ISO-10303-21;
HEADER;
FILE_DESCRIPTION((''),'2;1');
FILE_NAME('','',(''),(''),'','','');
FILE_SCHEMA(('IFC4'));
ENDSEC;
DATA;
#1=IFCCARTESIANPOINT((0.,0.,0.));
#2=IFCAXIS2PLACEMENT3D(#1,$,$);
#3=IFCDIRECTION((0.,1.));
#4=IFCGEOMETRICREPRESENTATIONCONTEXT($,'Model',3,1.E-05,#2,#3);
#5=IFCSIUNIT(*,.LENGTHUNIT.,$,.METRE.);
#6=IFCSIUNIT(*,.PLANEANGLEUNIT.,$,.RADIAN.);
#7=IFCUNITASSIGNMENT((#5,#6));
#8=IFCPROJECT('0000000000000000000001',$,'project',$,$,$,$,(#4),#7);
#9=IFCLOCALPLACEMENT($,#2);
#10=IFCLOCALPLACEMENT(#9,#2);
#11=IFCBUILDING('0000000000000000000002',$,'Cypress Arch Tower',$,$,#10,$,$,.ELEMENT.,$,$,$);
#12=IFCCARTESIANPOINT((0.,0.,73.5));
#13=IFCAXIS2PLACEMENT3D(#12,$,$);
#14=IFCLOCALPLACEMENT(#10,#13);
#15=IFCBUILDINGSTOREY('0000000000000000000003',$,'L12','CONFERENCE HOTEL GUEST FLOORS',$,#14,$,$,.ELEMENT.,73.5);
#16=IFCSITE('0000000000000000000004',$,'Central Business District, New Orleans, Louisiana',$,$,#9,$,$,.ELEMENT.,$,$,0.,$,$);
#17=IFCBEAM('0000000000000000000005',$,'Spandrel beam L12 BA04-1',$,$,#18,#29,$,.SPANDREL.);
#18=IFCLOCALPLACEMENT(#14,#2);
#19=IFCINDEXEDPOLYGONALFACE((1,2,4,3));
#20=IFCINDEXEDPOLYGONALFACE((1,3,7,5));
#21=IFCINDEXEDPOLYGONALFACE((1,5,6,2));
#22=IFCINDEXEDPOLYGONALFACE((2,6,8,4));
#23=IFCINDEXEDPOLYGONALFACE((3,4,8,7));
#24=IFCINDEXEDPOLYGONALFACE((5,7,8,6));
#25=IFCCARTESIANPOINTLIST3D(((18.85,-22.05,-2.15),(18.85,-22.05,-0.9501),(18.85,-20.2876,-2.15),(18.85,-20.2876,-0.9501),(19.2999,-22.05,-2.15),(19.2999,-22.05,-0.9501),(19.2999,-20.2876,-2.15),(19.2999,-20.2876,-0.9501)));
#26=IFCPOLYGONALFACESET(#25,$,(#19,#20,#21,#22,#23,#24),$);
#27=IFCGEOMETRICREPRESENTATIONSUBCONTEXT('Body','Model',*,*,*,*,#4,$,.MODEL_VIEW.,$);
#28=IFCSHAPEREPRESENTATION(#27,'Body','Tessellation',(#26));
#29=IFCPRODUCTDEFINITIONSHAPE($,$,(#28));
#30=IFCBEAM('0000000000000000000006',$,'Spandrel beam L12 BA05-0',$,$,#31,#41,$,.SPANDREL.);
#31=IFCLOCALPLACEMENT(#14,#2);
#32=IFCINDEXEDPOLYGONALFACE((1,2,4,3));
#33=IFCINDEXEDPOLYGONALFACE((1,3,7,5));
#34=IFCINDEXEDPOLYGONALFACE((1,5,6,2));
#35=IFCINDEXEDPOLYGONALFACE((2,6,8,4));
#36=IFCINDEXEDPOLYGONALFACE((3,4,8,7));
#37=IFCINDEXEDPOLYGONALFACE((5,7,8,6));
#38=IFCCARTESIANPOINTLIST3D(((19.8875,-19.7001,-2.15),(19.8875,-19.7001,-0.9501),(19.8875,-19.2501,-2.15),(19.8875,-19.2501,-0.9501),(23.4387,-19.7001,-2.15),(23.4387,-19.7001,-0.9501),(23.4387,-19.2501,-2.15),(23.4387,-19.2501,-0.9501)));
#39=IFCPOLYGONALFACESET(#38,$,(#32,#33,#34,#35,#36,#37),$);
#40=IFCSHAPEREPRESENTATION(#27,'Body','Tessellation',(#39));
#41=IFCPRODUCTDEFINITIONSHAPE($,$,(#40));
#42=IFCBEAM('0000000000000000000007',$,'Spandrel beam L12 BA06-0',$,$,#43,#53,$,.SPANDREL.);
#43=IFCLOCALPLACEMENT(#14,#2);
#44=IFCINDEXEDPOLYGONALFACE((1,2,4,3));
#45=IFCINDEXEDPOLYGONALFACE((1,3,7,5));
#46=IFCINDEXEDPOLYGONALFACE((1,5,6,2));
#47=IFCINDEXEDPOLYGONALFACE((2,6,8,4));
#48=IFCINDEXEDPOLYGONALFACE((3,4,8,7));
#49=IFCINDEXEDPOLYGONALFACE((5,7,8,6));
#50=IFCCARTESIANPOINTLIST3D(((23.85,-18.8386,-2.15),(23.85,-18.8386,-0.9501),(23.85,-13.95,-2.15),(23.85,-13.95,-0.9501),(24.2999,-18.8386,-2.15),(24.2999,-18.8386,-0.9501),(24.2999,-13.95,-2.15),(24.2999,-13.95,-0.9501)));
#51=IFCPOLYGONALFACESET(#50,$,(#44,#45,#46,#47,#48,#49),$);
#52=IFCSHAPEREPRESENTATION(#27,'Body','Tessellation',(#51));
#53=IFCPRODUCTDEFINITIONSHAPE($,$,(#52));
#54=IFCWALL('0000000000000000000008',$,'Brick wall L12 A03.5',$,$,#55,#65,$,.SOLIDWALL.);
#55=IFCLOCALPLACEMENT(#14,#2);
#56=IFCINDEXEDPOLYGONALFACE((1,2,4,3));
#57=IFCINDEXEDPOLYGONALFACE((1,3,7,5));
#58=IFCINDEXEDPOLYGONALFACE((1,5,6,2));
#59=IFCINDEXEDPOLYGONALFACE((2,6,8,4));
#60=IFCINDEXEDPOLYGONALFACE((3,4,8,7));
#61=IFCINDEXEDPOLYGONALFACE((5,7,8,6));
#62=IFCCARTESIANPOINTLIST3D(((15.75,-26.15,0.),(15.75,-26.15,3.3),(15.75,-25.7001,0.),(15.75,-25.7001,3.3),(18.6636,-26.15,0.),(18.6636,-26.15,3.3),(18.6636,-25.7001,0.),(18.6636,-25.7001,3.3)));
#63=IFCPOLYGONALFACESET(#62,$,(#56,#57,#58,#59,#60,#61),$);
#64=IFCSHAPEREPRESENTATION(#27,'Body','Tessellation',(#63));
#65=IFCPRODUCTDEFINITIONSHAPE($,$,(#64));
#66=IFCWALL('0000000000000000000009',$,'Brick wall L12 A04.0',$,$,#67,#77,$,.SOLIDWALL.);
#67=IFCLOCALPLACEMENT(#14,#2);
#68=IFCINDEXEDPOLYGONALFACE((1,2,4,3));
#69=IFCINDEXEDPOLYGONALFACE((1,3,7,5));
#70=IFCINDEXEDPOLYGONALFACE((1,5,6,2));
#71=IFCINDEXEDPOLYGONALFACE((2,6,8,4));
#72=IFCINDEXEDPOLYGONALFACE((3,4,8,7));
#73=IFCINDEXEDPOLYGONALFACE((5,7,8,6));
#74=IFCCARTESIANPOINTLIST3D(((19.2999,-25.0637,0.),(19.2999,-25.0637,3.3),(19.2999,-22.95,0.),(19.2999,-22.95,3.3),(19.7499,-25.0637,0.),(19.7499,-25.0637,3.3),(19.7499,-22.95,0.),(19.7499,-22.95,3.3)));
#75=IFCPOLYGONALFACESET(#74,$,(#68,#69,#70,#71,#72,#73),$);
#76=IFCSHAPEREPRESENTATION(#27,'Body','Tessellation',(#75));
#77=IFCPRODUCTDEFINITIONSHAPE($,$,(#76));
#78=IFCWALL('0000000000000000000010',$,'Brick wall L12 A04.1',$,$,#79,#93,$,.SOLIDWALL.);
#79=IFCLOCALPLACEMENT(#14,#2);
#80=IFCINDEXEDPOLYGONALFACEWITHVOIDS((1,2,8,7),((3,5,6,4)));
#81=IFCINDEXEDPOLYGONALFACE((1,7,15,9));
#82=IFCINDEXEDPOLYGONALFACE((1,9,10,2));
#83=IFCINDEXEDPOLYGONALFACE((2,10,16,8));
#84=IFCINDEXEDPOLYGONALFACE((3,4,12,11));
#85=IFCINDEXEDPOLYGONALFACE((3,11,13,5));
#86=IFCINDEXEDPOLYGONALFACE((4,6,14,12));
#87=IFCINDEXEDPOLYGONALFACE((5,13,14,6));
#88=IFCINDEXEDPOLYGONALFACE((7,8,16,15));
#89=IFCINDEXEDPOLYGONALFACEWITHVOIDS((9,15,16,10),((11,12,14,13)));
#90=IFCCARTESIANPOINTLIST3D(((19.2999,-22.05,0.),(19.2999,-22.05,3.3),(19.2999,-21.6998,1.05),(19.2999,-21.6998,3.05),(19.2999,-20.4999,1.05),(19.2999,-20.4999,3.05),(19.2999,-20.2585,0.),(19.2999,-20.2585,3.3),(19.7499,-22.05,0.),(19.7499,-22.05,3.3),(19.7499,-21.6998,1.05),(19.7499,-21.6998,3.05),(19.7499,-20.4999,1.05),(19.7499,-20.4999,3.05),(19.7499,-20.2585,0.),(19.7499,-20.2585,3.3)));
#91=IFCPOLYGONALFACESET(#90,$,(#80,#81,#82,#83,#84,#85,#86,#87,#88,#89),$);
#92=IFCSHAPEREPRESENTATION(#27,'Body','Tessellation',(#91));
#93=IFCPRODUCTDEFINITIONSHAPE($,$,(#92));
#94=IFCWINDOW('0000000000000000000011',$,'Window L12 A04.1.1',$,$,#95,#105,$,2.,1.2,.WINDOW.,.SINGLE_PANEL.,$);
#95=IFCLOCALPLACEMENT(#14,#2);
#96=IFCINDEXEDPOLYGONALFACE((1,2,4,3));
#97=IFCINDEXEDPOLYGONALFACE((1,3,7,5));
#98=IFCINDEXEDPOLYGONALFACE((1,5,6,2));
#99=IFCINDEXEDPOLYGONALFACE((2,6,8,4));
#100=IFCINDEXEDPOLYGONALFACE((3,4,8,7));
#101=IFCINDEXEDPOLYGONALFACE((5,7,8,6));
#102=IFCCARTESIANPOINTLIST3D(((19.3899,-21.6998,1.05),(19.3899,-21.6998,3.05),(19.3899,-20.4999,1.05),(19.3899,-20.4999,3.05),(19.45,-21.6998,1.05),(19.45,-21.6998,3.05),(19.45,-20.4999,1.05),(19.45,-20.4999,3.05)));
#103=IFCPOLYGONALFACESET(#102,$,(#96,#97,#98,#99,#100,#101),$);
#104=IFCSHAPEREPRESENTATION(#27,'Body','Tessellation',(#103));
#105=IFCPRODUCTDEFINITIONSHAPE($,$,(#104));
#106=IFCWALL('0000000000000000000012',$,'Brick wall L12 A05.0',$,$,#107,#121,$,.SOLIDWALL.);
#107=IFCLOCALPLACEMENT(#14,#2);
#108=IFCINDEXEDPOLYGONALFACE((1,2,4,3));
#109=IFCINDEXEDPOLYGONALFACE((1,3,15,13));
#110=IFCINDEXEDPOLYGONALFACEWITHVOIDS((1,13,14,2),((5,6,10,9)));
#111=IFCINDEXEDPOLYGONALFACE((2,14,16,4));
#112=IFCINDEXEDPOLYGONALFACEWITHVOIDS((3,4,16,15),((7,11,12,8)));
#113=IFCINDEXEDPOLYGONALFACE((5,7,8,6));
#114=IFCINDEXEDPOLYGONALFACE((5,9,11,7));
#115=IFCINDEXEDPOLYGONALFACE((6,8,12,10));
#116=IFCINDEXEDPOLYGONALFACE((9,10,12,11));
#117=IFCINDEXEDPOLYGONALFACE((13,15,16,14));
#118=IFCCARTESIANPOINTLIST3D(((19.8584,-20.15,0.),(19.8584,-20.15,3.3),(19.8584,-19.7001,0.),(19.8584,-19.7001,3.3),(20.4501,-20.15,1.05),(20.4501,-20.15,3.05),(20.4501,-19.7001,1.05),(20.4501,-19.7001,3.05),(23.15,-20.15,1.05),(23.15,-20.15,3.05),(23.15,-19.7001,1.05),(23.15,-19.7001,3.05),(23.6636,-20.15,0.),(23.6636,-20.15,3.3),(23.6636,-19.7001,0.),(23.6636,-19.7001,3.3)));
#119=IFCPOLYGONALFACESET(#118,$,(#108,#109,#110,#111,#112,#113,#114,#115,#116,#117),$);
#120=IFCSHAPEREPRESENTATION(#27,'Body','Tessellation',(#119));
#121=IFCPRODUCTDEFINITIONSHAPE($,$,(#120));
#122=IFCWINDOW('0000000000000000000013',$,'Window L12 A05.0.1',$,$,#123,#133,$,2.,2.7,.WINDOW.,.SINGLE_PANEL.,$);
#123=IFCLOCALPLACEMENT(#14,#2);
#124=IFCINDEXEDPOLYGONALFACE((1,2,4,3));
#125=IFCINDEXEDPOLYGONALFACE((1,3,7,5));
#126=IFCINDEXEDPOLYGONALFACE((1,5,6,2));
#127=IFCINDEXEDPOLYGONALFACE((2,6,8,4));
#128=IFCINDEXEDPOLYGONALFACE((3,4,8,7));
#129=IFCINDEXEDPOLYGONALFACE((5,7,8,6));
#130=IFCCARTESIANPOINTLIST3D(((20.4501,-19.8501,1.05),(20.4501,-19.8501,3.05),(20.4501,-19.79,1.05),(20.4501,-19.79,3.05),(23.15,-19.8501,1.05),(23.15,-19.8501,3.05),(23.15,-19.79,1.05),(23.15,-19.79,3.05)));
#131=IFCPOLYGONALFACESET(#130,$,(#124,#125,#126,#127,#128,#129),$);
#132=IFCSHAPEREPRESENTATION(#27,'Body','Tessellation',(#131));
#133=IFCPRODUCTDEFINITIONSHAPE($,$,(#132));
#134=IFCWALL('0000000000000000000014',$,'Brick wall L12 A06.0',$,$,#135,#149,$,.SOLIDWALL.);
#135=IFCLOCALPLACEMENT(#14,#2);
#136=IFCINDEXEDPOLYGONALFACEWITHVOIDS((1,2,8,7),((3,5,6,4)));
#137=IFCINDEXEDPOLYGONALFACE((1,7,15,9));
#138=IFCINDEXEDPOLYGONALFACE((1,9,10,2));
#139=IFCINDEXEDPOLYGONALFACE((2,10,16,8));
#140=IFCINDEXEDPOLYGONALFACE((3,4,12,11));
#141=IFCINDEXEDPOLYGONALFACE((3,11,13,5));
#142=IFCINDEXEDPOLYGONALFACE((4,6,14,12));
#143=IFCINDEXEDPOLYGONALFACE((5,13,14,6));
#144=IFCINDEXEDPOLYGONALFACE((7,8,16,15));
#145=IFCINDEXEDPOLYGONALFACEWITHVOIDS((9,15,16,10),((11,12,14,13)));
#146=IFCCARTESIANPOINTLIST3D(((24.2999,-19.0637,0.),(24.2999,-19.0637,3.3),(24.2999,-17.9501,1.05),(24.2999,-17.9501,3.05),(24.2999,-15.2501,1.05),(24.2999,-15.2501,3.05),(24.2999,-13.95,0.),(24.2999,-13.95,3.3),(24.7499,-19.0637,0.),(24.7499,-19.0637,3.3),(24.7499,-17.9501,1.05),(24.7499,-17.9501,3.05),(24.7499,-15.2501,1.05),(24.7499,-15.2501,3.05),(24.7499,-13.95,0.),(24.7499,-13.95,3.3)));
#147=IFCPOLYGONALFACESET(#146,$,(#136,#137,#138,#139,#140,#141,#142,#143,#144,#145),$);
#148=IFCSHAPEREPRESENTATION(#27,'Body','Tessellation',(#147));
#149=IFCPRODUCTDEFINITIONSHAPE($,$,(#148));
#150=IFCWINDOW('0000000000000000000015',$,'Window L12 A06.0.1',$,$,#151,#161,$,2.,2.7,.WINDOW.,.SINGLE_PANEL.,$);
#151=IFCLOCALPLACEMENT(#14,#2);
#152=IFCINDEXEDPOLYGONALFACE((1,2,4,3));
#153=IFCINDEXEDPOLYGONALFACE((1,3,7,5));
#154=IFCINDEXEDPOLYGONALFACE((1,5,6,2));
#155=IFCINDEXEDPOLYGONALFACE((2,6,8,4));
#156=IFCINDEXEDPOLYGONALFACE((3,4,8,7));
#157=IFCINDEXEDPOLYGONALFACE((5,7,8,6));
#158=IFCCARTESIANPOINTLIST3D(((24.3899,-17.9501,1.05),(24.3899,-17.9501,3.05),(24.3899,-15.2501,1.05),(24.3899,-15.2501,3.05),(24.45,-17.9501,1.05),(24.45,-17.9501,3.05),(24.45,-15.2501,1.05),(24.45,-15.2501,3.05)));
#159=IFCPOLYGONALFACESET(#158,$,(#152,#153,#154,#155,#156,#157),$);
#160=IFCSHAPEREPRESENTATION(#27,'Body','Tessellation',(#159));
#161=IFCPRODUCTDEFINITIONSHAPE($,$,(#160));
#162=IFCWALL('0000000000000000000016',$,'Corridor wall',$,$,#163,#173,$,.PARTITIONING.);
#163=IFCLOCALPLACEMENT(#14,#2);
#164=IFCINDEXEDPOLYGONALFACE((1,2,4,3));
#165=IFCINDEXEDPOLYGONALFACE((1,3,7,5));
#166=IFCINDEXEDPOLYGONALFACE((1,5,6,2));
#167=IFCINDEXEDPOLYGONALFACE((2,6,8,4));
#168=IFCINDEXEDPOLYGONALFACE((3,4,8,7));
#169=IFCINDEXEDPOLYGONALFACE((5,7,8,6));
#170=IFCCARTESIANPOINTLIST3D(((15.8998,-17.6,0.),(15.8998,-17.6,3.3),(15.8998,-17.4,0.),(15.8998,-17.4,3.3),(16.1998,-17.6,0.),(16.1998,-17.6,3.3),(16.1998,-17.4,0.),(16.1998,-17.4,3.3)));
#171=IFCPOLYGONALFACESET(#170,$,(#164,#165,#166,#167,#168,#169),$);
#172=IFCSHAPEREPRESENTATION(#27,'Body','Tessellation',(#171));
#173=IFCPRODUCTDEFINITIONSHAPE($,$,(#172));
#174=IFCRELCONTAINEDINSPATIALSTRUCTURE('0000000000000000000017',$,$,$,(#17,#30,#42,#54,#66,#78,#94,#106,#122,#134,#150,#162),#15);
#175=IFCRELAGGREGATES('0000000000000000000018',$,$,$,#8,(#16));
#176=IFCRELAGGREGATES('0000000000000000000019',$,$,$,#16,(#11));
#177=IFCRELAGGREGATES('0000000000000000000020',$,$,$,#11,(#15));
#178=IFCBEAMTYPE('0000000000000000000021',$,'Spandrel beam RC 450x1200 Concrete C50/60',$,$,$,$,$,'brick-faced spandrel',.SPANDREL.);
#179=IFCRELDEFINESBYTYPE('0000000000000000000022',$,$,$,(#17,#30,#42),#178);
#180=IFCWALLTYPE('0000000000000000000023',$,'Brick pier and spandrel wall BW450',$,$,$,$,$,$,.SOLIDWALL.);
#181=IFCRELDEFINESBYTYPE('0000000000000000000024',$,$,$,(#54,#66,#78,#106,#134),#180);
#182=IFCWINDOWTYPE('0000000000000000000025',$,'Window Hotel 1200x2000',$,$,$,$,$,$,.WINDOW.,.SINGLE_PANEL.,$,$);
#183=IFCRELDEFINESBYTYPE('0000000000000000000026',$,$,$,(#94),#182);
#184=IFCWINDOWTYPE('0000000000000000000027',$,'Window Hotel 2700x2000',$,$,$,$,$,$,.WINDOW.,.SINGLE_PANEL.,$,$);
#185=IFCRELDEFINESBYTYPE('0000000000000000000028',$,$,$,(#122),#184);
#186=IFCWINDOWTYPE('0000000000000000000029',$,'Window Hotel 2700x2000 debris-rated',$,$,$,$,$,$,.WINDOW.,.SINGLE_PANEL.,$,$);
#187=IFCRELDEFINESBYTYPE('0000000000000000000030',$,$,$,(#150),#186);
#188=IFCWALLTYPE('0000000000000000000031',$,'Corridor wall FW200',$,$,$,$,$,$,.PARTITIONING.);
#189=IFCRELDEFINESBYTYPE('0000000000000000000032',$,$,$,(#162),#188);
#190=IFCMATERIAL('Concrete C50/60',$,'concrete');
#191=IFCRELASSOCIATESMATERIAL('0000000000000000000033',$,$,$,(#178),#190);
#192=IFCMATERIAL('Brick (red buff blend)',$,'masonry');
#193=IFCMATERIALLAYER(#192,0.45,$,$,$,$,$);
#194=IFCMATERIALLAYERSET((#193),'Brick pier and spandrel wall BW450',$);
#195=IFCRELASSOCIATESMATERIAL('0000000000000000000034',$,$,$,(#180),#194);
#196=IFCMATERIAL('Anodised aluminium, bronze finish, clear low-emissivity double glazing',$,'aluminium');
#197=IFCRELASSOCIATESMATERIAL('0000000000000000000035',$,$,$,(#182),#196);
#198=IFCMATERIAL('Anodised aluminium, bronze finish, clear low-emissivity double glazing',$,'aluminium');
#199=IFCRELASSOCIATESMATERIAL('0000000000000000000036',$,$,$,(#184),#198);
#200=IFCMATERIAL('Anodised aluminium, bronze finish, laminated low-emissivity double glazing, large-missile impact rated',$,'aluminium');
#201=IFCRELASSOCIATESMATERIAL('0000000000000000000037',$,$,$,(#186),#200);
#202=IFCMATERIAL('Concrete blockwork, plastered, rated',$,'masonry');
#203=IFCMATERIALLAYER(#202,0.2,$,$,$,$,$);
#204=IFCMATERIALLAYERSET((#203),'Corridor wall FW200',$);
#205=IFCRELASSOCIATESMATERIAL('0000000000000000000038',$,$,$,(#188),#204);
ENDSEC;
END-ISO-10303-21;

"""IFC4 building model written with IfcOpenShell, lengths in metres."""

from ifc_helpers import new_model, si_unit, direction, frame, frame_2d, origin, origin_2d, place, context, subcontext, project, spatial, rectangle, extrude, material, layer, layer_set, material_profile, profile_set, type_object, element, fill, save


model = new_model("IFC4")

# Units and contexts
model_context = context("Model", 3, precision=1e-05, world=origin(), true_north=direction((0.0, 1.0)))
body_context = subcontext(model_context, "Body", "Model", "MODEL_VIEW")
ifc_project = project(units=[si_unit("LENGTHUNIT", "METRE"), si_unit("PLANEANGLEUNIT", "RADIAN")], contexts=[model_context])

# Site, building, storey
site_placement = place(None, origin())
site = spatial("IfcSite", under=ifc_project, at=site_placement, Name="Central Business District, New Orleans, Louisiana", CompositionType="ELEMENT", RefElevation=0.0)
building_placement = place(site_placement, origin())
building = spatial("IfcBuilding", under=site, at=building_placement, Name="Cypress Arch Tower", CompositionType="ELEMENT")
storey_placement = place(building_placement, frame((0.0, 0.0, 73.5)))
storey = spatial("IfcBuildingStorey", under=building, at=storey_placement, Name="L12", Description="CONFERENCE HOTEL GUEST FLOORS", CompositionType="ELEMENT", Elevation=73.5)

# Beams
ifc_material_1 = material(Name="Concrete C50/60", Category="concrete")
ifc_material_profile_1 = material_profile(ifc_material_1, rectangle(XDim=0.45, YDim=1.2, at=origin_2d()), Name="RC 450x1200")
ifc_profile_set_1 = profile_set([ifc_material_profile_1], Name="Concrete C50/60")
beam_type_1 = type_object("IfcBeamType", Name="Spandrel beam RC 450x1200 Concrete C50/60", ElementType="brick-faced spandrel", PredefinedType="SPANDREL", material=ifc_profile_set_1)
beam_1_placement = place(storey_placement, frame((19.075, -22.05, -1.55), z_axis=(0.0, 1.0, 0.0), x_axis=(-1.0, 0.0, 0.0)))
element("IfcBeam", 1, at=beam_1_placement, inside=storey, type_object=beam_type_1, Name="Spandrel beam L12 BA04-1", PredefinedType="SPANDREL", context=body_context, shape_type="SweptSolid", body=[
    extrude(rectangle(XDim=0.45, YDim=1.2, at=origin_2d()), origin(), (0.0, 0.0, 1.0), 1.7625),
])
beam_2_placement = place(storey_placement, frame((19.8875, -19.4751, -1.55), z_axis=(1.0, 0.0, 0.0), x_axis=(0.0, 1.0, 0.0)))
element("IfcBeam", 2, at=beam_2_placement, inside=storey, type_object=beam_type_1, Name="Spandrel beam L12 BA05-0", PredefinedType="SPANDREL", context=body_context, shape_type="SweptSolid", body=[
    extrude(rectangle(XDim=0.45, YDim=1.2, at=origin_2d()), origin(), (0.0, 0.0, 1.0), 3.5513),
])
beam_3_placement = place(storey_placement, frame((24.075, -18.8386, -1.55), z_axis=(0.0, 1.0, 0.0), x_axis=(-1.0, 0.0, 0.0)))
element("IfcBeam", 3, at=beam_3_placement, inside=storey, type_object=beam_type_1, Name="Spandrel beam L12 BA06-0", PredefinedType="SPANDREL", context=body_context, shape_type="SweptSolid", body=[
    extrude(rectangle(XDim=0.45, YDim=1.2, at=origin_2d()), origin(), (0.0, 0.0, 1.0), 4.8887),
])

# Walls
ifc_material_2 = material(Name="Brick (red buff blend)", Category="masonry")
ifc_layer_1 = layer(ifc_material_2, 0.45)
ifc_layer_set_1 = layer_set([ifc_layer_1], Name="Brick pier and spandrel wall BW450")
wall_type_1 = type_object("IfcWallType", Name="Brick pier and spandrel wall BW450", PredefinedType="SOLIDWALL", material=ifc_layer_set_1)
wall_1_placement = place(storey_placement, frame((15.75, -25.925, 0.0), z_axis=(0.0, 0.0, 1.0), x_axis=(1.0, 0.0, 0.0)))
element("IfcWall", 4, at=wall_1_placement, inside=storey, type_object=wall_type_1, Name="Brick wall L12 A03.5", PredefinedType="SOLIDWALL", context=body_context, shape_type="SweptSolid", body=[
    extrude(rectangle(XDim=2.9136, YDim=0.45, at=frame_2d((1.4568, 0.0))), origin(), (0.0, 0.0, 1.0), 3.3),
])
wall_2_placement = place(storey_placement, frame((19.5249, -25.0637, 0.0), z_axis=(0.0, 0.0, 1.0), x_axis=(0.0, 1.0, 0.0)))
element("IfcWall", 5, at=wall_2_placement, inside=storey, type_object=wall_type_1, Name="Brick wall L12 A04.0", PredefinedType="SOLIDWALL", context=body_context, shape_type="SweptSolid", body=[
    extrude(rectangle(XDim=2.1138, YDim=0.45, at=frame_2d((1.0569, 0.0))), origin(), (0.0, 0.0, 1.0), 3.3),
])

# Walls, openings, windows
wall_3_placement = place(storey_placement, frame((19.5249, -22.05, 0.0), z_axis=(0.0, 0.0, 1.0), x_axis=(0.0, 1.0, 0.0)))
wall_3 = element("IfcWall", 6, at=wall_3_placement, inside=storey, type_object=wall_type_1, Name="Brick wall L12 A04.1", PredefinedType="SOLIDWALL", context=body_context, shape_type="SweptSolid", body=[
    extrude(rectangle(XDim=1.7915, YDim=0.45, at=frame_2d((0.8958, 0.0))), origin(), (0.0, 0.0, 1.0), 3.3),
])
opening_1_placement = place(wall_3_placement, frame((0.3501, 0.0, 1.05)))
opening_1 = element("IfcOpeningElement", 7, at=opening_1_placement, cuts=wall_3, PredefinedType="OPENING", context=body_context, shape_type="SweptSolid", body=[
    extrude(rectangle(XDim=1.2, YDim=2.0, at=frame_2d((0.6001, 1.0))), frame((0.0, 0.2349, 0.0), z_axis=(0.0, -1.0, 0.0), x_axis=(1.0, 0.0, 0.0)), (0.0, 0.0, 1.0), 0.47),
])
ifc_material_3 = material(Name="Anodised aluminium, bronze finish, clear low-emissivity double glazing", Category="aluminium")
window_type_1 = type_object("IfcWindowType", Name="Window Hotel 1200x2000", PartitioningType="SINGLE_PANEL", PredefinedType="WINDOW", material=ifc_material_3)
window_1_placement = place(opening_1_placement, origin())
window_1 = element("IfcWindow", 8, at=window_1_placement, inside=storey, type_object=window_type_1, Name="Window L12 A04.1.1", OverallHeight=2.0, OverallWidth=1.2, PartitioningType="SINGLE_PANEL", PredefinedType="WINDOW", context=body_context, shape_type="SweptSolid", body=[
    extrude(rectangle(XDim=1.2, YDim=2.0, at=frame_2d((0.6001, 1.0))), frame((0.0, 0.135, 0.0), z_axis=(0.0, -1.0, 0.0), x_axis=(1.0, 0.0, 0.0)), (0.0, 0.0, 1.0), 0.0601),
])
fill(opening_1, window_1)
wall_4_placement = place(storey_placement, frame((19.8584, -19.925, 0.0), z_axis=(0.0, 0.0, 1.0), x_axis=(1.0, 0.0, 0.0)))
wall_4 = element("IfcWall", 9, at=wall_4_placement, inside=storey, type_object=wall_type_1, Name="Brick wall L12 A05.0", PredefinedType="SOLIDWALL", context=body_context, shape_type="SweptSolid", body=[
    extrude(rectangle(XDim=3.8052, YDim=0.45, at=frame_2d((1.9026, 0.0))), origin(), (0.0, 0.0, 1.0), 3.3),
])
opening_2_placement = place(wall_4_placement, frame((0.5916, 0.0, 1.05)))
opening_2 = element("IfcOpeningElement", 10, at=opening_2_placement, cuts=wall_4, PredefinedType="OPENING", context=body_context, shape_type="SweptSolid", body=[
    extrude(rectangle(XDim=2.7, YDim=2.0, at=frame_2d((1.3501, 1.0))), frame((0.0, 0.2349, 0.0), z_axis=(0.0, -1.0, 0.0), x_axis=(1.0, 0.0, 0.0)), (0.0, 0.0, 1.0), 0.47),
])
ifc_material_4 = material(Name="Anodised aluminium, bronze finish, clear low-emissivity double glazing", Category="aluminium")
window_type_2 = type_object("IfcWindowType", Name="Window Hotel 2700x2000", PartitioningType="SINGLE_PANEL", PredefinedType="WINDOW", material=ifc_material_4)
window_2_placement = place(opening_2_placement, origin())
window_2 = element("IfcWindow", 11, at=window_2_placement, inside=storey, type_object=window_type_2, Name="Window L12 A05.0.1", OverallHeight=2.0, OverallWidth=2.7, PartitioningType="SINGLE_PANEL", PredefinedType="WINDOW", context=body_context, shape_type="SweptSolid", body=[
    extrude(rectangle(XDim=2.7, YDim=2.0, at=frame_2d((1.3501, 1.0))), frame((0.0, 0.135, 0.0), z_axis=(0.0, -1.0, 0.0), x_axis=(1.0, 0.0, 0.0)), (0.0, 0.0, 1.0), 0.0601),
])
fill(opening_2, window_2)
wall_5_placement = place(storey_placement, frame((24.5249, -19.0637, 0.0), z_axis=(0.0, 0.0, 1.0), x_axis=(0.0, 1.0, 0.0)))
wall_5 = element("IfcWall", 12, at=wall_5_placement, inside=storey, type_object=wall_type_1, Name="Brick wall L12 A06.0", PredefinedType="SOLIDWALL", context=body_context, shape_type="SweptSolid", body=[
    extrude(rectangle(XDim=5.1138, YDim=0.45, at=frame_2d((2.5569, 0.0))), origin(), (0.0, 0.0, 1.0), 3.3),
])
opening_3_placement = place(wall_5_placement, frame((1.1135, 0.0, 1.05)))
opening_3 = element("IfcOpeningElement", 13, at=opening_3_placement, cuts=wall_5, PredefinedType="OPENING", context=body_context, shape_type="SweptSolid", body=[
    extrude(rectangle(XDim=2.7, YDim=2.0, at=frame_2d((1.3501, 1.0))), frame((0.0, 0.2349, 0.0), z_axis=(0.0, -1.0, 0.0), x_axis=(1.0, 0.0, 0.0)), (0.0, 0.0, 1.0), 0.47),
])
ifc_material_5 = material(Name="Anodised aluminium, bronze finish, laminated low-emissivity double glazing, large-missile impact rated", Category="aluminium")
window_type_3 = type_object("IfcWindowType", Name="Window Hotel 2700x2000 debris-rated", PartitioningType="SINGLE_PANEL", PredefinedType="WINDOW", material=ifc_material_5)
window_3_placement = place(opening_3_placement, origin())
window_3 = element("IfcWindow", 14, at=window_3_placement, inside=storey, type_object=window_type_3, Name="Window L12 A06.0.1", OverallHeight=2.0, OverallWidth=2.7, PartitioningType="SINGLE_PANEL", PredefinedType="WINDOW", context=body_context, shape_type="SweptSolid", body=[
    extrude(rectangle(XDim=2.7, YDim=2.0, at=frame_2d((1.3501, 1.0))), frame((0.0, 0.135, 0.0), z_axis=(0.0, -1.0, 0.0), x_axis=(1.0, 0.0, 0.0)), (0.0, 0.0, 1.0), 0.0601),
])
fill(opening_3, window_3)

# Wall
ifc_material_6 = material(Name="Concrete blockwork, plastered, rated", Category="masonry")
ifc_layer_2 = layer(ifc_material_6, 0.2)
ifc_layer_set_2 = layer_set([ifc_layer_2], Name="Corridor wall FW200")
wall_type_2 = type_object("IfcWallType", Name="Corridor wall FW200", PredefinedType="PARTITIONING", material=ifc_layer_set_2)
wall_6_placement = place(storey_placement, frame((15.8999, -17.5, 0.0), z_axis=(0.0, 0.0, 1.0), x_axis=(1.0, 0.0, 0.0)))
element("IfcWall", 15, at=wall_6_placement, inside=storey, type_object=wall_type_2, Name="Corridor wall", PredefinedType="PARTITIONING", context=body_context, shape_type="SweptSolid", body=[
    extrude(rectangle(XDim=0.3, YDim=0.2, at=frame_2d((0.1499, 0.0))), origin(), (0.0, 0.0, 1.0), 3.3),
])

save(model, "model.ifc")
